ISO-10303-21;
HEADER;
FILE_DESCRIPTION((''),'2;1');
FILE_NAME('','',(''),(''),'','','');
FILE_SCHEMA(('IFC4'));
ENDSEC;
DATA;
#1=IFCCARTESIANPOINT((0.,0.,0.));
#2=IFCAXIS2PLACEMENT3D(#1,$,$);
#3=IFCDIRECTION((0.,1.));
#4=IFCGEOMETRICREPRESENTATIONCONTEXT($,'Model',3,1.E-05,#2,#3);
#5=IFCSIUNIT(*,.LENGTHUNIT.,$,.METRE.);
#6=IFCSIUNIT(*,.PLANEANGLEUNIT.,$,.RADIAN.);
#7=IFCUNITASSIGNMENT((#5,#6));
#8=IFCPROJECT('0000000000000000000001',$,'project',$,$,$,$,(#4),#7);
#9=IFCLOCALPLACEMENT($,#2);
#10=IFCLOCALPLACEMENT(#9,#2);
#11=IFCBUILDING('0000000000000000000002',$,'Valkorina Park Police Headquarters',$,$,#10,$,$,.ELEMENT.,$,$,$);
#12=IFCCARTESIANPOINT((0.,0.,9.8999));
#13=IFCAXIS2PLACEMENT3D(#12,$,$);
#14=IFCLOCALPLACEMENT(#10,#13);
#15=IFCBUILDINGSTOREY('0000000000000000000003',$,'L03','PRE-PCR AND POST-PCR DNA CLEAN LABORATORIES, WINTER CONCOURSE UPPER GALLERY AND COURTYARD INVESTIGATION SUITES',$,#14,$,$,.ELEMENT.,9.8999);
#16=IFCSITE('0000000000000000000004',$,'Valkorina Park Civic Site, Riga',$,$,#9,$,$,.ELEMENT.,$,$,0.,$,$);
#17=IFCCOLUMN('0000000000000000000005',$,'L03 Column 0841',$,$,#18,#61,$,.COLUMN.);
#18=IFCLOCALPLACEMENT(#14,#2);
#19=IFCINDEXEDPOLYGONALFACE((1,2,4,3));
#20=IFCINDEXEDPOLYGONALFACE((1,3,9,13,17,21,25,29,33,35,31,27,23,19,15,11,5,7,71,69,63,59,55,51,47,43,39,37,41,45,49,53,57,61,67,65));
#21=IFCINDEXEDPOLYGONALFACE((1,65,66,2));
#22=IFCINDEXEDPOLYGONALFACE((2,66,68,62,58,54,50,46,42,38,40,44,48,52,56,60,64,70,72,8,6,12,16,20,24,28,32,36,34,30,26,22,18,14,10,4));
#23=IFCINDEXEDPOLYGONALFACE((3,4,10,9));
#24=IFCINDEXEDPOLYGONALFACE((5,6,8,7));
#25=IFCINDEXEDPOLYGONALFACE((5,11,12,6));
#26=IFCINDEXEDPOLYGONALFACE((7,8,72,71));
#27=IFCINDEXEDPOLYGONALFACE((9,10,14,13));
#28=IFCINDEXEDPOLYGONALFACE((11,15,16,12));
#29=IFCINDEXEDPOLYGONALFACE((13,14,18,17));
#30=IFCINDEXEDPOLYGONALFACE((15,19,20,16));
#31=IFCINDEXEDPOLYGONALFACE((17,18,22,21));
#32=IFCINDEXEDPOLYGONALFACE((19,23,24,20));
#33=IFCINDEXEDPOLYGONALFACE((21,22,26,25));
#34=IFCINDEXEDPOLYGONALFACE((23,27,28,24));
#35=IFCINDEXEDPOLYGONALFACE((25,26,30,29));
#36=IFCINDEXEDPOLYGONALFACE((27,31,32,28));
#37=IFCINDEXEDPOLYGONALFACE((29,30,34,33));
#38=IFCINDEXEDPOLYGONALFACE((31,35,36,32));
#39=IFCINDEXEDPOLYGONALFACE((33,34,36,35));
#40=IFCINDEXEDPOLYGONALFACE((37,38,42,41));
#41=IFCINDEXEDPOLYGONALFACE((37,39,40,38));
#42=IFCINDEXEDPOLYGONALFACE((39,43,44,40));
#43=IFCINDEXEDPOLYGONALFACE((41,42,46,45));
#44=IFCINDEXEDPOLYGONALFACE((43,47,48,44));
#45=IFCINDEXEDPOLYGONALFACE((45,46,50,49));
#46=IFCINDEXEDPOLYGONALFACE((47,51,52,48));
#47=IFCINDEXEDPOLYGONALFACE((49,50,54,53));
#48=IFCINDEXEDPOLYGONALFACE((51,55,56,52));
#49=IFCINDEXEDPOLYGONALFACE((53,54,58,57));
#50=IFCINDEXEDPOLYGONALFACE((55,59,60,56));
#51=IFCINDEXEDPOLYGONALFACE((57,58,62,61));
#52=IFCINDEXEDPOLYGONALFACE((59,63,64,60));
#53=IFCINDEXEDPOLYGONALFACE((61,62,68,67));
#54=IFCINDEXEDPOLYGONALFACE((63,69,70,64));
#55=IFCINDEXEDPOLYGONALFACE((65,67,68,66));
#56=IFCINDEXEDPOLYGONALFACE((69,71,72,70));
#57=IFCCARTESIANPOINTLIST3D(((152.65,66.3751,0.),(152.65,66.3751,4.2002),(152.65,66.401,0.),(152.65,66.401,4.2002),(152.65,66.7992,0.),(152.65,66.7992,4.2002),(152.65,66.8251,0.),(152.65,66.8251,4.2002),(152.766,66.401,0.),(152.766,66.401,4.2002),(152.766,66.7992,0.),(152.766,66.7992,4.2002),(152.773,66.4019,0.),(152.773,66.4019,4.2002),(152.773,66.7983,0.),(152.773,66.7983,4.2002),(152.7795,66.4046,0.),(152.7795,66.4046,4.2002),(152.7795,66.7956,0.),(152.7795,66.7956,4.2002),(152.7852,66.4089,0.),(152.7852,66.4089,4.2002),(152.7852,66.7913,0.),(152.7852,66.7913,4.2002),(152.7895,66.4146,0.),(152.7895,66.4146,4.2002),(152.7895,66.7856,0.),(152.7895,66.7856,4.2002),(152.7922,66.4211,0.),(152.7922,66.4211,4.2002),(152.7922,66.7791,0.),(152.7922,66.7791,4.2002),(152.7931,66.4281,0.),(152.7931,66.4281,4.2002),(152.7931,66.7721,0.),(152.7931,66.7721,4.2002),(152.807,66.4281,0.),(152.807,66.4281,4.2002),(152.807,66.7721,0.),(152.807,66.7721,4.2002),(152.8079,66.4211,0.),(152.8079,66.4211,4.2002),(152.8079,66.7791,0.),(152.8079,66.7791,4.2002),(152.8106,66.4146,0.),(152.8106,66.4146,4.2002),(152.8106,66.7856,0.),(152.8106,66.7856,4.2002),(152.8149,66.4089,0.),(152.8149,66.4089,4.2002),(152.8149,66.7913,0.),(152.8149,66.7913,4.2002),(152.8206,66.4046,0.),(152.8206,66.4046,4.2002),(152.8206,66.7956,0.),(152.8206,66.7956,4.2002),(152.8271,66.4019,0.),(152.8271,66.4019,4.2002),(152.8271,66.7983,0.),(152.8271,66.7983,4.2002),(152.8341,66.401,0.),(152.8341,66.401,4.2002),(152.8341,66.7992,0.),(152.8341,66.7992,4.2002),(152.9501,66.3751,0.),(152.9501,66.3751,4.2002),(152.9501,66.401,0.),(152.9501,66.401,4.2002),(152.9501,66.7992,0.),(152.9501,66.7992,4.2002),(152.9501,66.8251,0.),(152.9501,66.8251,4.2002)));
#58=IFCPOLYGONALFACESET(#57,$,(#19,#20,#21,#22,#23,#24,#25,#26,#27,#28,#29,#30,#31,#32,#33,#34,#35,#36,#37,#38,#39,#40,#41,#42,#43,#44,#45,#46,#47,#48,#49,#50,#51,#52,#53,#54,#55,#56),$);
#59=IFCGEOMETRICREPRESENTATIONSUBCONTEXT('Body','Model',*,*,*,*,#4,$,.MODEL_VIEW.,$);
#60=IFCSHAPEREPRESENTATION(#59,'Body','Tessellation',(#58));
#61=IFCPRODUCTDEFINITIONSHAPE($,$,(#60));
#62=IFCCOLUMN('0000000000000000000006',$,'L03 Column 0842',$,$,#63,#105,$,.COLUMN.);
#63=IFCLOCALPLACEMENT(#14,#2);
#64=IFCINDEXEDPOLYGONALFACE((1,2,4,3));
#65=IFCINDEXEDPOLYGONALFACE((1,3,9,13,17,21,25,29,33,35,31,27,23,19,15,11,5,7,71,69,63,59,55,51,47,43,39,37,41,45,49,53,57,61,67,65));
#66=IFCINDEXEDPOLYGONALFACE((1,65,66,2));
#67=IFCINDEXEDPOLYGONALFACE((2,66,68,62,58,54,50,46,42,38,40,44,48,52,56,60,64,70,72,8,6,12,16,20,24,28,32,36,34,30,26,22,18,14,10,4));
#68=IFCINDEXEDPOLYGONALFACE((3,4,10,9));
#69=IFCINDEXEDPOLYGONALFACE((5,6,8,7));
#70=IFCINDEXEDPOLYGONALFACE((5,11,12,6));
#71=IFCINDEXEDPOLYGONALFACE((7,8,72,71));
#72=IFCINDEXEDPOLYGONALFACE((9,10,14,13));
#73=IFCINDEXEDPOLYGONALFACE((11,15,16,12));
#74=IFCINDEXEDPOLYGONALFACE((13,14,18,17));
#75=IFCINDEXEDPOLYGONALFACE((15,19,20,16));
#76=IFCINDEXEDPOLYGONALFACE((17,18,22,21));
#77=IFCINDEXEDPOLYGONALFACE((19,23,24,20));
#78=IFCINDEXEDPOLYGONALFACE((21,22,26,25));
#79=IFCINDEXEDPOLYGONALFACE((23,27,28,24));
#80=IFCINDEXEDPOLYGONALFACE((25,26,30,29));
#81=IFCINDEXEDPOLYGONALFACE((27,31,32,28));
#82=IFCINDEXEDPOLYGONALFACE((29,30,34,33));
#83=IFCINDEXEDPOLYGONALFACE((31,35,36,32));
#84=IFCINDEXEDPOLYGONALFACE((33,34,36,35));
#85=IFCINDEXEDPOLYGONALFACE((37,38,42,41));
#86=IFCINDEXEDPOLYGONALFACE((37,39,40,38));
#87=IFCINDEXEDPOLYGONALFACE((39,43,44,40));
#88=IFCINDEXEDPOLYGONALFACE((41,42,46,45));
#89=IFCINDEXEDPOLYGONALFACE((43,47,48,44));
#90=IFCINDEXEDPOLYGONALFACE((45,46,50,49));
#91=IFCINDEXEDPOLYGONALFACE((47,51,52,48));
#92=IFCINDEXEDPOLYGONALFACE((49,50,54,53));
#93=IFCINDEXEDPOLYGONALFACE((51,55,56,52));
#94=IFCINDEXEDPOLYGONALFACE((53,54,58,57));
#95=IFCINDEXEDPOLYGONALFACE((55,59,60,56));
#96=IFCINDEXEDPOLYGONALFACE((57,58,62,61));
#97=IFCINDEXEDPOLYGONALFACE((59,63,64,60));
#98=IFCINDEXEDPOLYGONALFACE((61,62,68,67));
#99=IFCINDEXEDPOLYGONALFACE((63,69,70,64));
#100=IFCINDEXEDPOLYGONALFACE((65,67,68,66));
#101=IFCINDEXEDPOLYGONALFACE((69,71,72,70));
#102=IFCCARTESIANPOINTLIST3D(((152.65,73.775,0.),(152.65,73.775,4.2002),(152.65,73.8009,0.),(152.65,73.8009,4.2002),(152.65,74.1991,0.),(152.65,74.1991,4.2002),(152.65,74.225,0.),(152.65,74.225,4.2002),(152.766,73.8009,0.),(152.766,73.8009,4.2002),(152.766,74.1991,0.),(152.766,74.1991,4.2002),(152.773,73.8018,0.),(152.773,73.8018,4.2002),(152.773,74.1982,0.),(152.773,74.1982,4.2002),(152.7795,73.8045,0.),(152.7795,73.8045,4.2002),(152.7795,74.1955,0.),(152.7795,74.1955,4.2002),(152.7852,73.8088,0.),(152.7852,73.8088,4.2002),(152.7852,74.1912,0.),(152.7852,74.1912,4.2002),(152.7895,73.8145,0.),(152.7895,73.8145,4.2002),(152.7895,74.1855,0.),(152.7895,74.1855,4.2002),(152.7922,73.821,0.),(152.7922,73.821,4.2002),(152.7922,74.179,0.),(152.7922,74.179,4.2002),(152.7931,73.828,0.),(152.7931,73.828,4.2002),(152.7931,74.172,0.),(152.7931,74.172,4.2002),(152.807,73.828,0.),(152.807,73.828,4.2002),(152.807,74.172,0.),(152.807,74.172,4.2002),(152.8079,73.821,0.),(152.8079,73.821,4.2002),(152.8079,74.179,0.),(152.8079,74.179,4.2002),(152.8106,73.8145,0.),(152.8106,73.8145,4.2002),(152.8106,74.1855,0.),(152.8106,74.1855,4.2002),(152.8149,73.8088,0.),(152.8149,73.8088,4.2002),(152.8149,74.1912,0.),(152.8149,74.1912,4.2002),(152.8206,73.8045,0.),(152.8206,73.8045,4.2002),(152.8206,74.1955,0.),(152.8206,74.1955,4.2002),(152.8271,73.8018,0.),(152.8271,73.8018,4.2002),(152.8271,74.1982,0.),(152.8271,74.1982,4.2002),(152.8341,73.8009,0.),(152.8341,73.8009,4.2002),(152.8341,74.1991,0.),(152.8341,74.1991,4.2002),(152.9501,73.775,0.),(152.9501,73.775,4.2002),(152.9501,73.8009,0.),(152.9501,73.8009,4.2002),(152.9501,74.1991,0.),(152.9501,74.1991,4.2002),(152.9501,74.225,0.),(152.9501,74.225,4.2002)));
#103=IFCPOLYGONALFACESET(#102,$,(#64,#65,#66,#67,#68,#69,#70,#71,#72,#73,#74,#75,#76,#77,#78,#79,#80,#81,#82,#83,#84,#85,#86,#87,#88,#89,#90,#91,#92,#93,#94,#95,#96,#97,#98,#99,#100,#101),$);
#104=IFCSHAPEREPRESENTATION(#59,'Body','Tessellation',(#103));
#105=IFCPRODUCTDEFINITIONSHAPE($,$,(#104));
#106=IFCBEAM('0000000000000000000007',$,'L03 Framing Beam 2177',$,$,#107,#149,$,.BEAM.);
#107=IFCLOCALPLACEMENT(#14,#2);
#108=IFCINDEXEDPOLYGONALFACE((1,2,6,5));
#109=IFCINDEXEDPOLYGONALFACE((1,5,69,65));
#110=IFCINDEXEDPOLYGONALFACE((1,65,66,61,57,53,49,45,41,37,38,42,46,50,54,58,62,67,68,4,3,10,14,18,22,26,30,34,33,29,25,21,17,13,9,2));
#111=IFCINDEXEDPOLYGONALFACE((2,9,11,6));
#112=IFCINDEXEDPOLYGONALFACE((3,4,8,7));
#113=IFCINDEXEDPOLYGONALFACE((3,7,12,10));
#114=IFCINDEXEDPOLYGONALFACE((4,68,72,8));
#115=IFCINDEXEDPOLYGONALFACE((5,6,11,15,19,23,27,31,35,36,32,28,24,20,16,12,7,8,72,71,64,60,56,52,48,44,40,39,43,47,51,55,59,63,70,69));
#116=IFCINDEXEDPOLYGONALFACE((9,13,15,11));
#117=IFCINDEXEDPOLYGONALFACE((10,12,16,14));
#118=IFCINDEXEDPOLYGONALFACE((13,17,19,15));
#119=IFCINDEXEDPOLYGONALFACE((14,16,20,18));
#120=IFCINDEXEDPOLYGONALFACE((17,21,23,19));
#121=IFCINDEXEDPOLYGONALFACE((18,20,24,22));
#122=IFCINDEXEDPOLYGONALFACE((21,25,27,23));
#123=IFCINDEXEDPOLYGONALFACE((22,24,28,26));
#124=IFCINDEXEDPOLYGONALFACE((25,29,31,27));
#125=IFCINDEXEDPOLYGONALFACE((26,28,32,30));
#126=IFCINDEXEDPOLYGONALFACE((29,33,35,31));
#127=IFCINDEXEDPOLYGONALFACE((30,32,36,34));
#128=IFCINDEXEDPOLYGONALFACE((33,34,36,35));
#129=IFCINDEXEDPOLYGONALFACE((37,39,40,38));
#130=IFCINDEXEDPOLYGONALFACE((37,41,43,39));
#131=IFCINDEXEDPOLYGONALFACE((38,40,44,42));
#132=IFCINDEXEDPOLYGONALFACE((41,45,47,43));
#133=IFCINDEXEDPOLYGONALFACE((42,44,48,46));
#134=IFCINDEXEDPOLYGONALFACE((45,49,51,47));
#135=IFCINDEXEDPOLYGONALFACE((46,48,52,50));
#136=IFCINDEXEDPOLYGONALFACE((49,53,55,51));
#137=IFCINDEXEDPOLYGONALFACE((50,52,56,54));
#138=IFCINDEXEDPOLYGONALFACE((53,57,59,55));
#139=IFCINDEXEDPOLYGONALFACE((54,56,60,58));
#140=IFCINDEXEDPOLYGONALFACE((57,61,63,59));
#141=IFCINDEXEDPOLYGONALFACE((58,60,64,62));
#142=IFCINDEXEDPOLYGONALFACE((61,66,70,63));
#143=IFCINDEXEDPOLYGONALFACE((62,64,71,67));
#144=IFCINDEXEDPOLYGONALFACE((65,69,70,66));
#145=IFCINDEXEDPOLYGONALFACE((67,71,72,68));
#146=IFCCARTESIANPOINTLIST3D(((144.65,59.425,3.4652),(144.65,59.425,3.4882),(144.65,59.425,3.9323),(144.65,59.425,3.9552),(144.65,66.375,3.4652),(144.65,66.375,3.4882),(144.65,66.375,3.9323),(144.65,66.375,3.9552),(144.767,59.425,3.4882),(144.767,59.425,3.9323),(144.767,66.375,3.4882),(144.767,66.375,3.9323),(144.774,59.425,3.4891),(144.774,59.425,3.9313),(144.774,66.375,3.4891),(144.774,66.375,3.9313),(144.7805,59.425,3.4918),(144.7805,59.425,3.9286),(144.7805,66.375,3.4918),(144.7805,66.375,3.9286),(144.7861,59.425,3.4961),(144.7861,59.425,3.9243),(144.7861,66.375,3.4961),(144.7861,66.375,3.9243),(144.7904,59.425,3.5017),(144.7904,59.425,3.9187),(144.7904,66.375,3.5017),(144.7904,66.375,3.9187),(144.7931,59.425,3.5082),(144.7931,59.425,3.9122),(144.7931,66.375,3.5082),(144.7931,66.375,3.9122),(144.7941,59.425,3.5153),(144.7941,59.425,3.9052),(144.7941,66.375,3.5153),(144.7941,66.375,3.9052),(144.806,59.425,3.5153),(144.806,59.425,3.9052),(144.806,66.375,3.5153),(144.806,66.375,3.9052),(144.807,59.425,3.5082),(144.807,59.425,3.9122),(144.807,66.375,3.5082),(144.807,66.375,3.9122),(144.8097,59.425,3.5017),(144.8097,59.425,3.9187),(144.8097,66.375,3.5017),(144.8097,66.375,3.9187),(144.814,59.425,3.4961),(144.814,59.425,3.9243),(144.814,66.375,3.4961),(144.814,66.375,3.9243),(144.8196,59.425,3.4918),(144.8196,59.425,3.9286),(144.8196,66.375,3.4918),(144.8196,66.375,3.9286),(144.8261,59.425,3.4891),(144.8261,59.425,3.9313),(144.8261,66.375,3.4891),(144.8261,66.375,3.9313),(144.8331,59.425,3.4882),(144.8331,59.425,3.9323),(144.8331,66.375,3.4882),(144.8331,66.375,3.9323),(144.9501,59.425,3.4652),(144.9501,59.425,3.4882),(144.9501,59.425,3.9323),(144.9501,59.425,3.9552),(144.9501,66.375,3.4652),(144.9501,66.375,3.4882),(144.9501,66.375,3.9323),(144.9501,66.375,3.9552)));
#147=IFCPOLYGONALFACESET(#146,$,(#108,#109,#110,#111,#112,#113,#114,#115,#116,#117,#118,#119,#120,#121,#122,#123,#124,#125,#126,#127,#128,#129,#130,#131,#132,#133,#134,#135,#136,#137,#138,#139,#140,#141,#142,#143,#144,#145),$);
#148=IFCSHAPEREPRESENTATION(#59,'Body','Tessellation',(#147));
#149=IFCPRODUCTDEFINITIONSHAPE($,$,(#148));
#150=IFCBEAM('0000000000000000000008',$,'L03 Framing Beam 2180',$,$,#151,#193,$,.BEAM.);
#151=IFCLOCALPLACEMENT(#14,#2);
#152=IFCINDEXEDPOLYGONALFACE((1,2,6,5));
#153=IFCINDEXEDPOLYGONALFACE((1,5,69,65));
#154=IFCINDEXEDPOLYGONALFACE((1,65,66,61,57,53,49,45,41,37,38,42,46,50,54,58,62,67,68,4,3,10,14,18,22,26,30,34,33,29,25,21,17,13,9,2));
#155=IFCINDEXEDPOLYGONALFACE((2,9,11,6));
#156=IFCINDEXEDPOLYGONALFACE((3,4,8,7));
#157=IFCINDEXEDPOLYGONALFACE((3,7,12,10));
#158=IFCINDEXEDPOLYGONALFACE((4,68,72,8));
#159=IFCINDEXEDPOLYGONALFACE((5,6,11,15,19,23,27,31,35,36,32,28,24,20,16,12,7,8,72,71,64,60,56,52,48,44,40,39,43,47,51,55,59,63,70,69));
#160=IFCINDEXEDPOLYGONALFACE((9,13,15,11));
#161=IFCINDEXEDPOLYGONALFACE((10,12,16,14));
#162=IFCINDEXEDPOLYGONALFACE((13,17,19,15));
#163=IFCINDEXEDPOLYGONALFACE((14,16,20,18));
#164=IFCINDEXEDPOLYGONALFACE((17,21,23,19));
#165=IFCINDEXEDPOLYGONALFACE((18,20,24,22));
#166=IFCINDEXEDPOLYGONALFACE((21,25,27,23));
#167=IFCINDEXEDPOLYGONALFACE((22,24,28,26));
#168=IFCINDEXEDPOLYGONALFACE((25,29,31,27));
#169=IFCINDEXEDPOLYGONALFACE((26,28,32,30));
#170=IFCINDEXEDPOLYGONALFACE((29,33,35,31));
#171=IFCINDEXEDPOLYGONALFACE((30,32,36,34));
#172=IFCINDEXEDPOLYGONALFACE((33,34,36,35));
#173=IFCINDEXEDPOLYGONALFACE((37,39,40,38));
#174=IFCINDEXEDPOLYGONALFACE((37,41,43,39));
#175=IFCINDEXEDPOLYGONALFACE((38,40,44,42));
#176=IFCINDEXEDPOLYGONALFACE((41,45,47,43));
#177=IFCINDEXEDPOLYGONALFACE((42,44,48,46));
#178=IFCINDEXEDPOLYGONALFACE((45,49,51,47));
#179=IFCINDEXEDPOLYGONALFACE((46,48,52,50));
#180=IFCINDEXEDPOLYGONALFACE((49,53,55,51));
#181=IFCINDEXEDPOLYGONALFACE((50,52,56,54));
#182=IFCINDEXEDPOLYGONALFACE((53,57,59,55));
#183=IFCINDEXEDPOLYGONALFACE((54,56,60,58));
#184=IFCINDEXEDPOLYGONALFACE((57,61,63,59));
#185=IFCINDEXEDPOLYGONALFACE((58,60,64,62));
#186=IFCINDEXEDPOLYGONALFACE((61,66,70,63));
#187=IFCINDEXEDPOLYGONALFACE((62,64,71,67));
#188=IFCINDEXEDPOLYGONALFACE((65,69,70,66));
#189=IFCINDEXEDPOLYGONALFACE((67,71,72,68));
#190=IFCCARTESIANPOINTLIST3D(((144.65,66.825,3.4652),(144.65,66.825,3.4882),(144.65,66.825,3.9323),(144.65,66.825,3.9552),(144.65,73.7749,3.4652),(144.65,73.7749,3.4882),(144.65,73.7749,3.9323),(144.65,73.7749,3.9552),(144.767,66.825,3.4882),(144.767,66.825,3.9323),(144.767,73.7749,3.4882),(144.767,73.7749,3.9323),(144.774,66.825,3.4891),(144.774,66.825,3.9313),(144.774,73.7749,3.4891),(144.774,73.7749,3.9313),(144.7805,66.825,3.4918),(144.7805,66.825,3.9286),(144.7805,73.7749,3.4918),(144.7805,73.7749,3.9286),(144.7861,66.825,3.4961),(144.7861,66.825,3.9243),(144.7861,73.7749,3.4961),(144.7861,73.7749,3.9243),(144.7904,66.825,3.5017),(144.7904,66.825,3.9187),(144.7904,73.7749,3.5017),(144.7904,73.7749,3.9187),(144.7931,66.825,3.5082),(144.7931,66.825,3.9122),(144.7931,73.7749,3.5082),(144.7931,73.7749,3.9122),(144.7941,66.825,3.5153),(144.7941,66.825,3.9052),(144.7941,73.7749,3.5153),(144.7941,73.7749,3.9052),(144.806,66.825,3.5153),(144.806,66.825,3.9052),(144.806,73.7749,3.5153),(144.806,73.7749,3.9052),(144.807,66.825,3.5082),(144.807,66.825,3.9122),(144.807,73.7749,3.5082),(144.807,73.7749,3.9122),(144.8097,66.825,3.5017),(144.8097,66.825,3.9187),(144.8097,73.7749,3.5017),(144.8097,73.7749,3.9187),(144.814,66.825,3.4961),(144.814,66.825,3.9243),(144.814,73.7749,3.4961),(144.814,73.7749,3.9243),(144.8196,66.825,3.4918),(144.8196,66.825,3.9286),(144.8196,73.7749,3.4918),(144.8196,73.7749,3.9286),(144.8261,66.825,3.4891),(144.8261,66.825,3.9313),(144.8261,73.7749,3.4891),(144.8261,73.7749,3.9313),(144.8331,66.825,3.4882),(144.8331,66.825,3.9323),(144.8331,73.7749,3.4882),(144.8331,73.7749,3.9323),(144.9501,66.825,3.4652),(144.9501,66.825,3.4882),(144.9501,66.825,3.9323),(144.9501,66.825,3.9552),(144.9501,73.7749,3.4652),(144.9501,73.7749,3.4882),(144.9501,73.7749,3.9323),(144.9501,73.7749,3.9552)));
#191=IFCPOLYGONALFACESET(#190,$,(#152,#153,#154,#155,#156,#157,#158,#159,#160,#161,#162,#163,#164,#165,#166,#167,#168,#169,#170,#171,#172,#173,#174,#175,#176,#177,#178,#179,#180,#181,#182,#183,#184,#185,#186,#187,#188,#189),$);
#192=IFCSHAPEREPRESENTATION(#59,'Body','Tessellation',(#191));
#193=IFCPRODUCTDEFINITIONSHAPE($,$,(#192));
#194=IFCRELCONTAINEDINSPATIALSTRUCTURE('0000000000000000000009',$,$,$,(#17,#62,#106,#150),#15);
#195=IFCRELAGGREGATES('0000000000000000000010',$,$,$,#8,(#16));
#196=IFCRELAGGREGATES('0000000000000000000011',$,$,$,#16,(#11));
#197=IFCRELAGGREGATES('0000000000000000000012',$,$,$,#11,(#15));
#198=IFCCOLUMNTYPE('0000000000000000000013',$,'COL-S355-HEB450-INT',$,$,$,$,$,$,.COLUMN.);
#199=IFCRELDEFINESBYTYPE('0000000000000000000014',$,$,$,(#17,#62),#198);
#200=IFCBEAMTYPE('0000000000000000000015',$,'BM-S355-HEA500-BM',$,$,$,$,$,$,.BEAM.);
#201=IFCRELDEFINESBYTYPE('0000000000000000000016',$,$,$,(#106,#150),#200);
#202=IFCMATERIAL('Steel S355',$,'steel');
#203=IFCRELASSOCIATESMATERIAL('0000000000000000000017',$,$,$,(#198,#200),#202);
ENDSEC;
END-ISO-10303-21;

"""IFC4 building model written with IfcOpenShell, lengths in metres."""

from ifc_helpers import new_model, si_unit, direction, frame, origin, origin_2d, place, context, subcontext, project, spatial, i_section, extrude, material, material_profile, profile_set, type_object, element, save


model = new_model("IFC4")

# Units and contexts
model_context = context("Model", 3, precision=1e-05, world=origin(), true_north=direction((0.0, 1.0)))
body_context = subcontext(model_context, "Body", "Model", "MODEL_VIEW")
ifc_project = project(units=[si_unit("LENGTHUNIT", "METRE"), si_unit("PLANEANGLEUNIT", "RADIAN")], contexts=[model_context])

# Site, building, storey
site_placement = place(None, origin())
site = spatial("IfcSite", under=ifc_project, at=site_placement, Name="Valkorina Park Civic Site, Riga", CompositionType="ELEMENT", RefElevation=0.0)
building_placement = place(site_placement, origin())
building = spatial("IfcBuilding", under=site, at=building_placement, Name="Valkorina Park Police Headquarters", CompositionType="ELEMENT")
storey_placement = place(building_placement, frame((0.0, 0.0, 9.8999)))
storey = spatial("IfcBuildingStorey", under=building, at=storey_placement, Name="L03", Description="PRE-PCR AND POST-PCR DNA CLEAN LABORATORIES, WINTER CONCOURSE UPPER GALLERY AND COURTYARD INVESTIGATION SUITES", CompositionType="ELEMENT", Elevation=9.8999)

# Columns
ifc_material_1 = material(Name="Steel S355", Category="steel")
ifc_material_profile_1 = material_profile(ifc_material_1, i_section(OverallWidth=0.3, OverallDepth=0.45, WebThickness=0.0139, FlangeThickness=0.0259, FilletRadius=0.0271, at=origin_2d()), Name="HEB 450")
ifc_profile_set_1 = profile_set([ifc_material_profile_1], Name="Steel S355")
column_type = type_object("IfcColumnType", Name="COL-S355-HEB450-INT", PredefinedType="COLUMN", material=ifc_profile_set_1)
for number, where, z_axis, x_axis, name in (
    (1, (152.8, 66.6001, 0.0), (0.0, 0.0, 1.0), (1.0, 0.0, 0.0), "L03 Column 0841"),
    (2, (152.8, 74.0, 0.0), (0.0, 0.0, 1.0), (1.0, 0.0, 0.0), "L03 Column 0842"),
):
    element("IfcColumn", number, at=place(storey_placement, frame(where, z_axis=z_axis, x_axis=x_axis)), inside=storey, type_object=column_type, Name=name, PredefinedType="COLUMN", context=body_context, shape_type="SweptSolid", body=[
        extrude(i_section(OverallWidth=0.3, OverallDepth=0.45, WebThickness=0.0139, FlangeThickness=0.0259, FilletRadius=0.0271, at=origin_2d()), origin(), (0.0, 0.0, 1.0), 4.2002),
    ])

# Beams
ifc_material_profile_2 = material_profile(ifc_material_1, i_section(OverallWidth=0.3, OverallDepth=0.49, WebThickness=0.012, FlangeThickness=0.0229, FilletRadius=0.0271, at=origin_2d()), Name="HEA 500")
ifc_profile_set_2 = profile_set([ifc_material_profile_2], Name="Steel S355")
beam_type_1 = type_object("IfcBeamType", Name="BM-S355-HEA500-BM", PredefinedType="BEAM", material=ifc_profile_set_2)
for number, where, z_axis, x_axis, name in (
    (3, (144.8, 59.425, 3.7102), (0.0, 1.0, 0.0), (-1.0, 0.0, 0.0), "L03 Framing Beam 2177"),
    (4, (144.8, 66.825, 3.7102), (0.0, 1.0, 0.0), (-1.0, 0.0, 0.0), "L03 Framing Beam 2180"),
):
    element("IfcBeam", number, at=place(storey_placement, frame(where, z_axis=z_axis, x_axis=x_axis)), inside=storey, type_object=beam_type_1, Name=name, PredefinedType="BEAM", context=body_context, shape_type="SweptSolid", body=[
        extrude(i_section(OverallWidth=0.3, OverallDepth=0.49, WebThickness=0.012, FlangeThickness=0.0229, FilletRadius=0.0271, at=origin_2d()), origin(), (0.0, 0.0, 1.0), 6.95),
    ])

save(model, "model.ifc")
